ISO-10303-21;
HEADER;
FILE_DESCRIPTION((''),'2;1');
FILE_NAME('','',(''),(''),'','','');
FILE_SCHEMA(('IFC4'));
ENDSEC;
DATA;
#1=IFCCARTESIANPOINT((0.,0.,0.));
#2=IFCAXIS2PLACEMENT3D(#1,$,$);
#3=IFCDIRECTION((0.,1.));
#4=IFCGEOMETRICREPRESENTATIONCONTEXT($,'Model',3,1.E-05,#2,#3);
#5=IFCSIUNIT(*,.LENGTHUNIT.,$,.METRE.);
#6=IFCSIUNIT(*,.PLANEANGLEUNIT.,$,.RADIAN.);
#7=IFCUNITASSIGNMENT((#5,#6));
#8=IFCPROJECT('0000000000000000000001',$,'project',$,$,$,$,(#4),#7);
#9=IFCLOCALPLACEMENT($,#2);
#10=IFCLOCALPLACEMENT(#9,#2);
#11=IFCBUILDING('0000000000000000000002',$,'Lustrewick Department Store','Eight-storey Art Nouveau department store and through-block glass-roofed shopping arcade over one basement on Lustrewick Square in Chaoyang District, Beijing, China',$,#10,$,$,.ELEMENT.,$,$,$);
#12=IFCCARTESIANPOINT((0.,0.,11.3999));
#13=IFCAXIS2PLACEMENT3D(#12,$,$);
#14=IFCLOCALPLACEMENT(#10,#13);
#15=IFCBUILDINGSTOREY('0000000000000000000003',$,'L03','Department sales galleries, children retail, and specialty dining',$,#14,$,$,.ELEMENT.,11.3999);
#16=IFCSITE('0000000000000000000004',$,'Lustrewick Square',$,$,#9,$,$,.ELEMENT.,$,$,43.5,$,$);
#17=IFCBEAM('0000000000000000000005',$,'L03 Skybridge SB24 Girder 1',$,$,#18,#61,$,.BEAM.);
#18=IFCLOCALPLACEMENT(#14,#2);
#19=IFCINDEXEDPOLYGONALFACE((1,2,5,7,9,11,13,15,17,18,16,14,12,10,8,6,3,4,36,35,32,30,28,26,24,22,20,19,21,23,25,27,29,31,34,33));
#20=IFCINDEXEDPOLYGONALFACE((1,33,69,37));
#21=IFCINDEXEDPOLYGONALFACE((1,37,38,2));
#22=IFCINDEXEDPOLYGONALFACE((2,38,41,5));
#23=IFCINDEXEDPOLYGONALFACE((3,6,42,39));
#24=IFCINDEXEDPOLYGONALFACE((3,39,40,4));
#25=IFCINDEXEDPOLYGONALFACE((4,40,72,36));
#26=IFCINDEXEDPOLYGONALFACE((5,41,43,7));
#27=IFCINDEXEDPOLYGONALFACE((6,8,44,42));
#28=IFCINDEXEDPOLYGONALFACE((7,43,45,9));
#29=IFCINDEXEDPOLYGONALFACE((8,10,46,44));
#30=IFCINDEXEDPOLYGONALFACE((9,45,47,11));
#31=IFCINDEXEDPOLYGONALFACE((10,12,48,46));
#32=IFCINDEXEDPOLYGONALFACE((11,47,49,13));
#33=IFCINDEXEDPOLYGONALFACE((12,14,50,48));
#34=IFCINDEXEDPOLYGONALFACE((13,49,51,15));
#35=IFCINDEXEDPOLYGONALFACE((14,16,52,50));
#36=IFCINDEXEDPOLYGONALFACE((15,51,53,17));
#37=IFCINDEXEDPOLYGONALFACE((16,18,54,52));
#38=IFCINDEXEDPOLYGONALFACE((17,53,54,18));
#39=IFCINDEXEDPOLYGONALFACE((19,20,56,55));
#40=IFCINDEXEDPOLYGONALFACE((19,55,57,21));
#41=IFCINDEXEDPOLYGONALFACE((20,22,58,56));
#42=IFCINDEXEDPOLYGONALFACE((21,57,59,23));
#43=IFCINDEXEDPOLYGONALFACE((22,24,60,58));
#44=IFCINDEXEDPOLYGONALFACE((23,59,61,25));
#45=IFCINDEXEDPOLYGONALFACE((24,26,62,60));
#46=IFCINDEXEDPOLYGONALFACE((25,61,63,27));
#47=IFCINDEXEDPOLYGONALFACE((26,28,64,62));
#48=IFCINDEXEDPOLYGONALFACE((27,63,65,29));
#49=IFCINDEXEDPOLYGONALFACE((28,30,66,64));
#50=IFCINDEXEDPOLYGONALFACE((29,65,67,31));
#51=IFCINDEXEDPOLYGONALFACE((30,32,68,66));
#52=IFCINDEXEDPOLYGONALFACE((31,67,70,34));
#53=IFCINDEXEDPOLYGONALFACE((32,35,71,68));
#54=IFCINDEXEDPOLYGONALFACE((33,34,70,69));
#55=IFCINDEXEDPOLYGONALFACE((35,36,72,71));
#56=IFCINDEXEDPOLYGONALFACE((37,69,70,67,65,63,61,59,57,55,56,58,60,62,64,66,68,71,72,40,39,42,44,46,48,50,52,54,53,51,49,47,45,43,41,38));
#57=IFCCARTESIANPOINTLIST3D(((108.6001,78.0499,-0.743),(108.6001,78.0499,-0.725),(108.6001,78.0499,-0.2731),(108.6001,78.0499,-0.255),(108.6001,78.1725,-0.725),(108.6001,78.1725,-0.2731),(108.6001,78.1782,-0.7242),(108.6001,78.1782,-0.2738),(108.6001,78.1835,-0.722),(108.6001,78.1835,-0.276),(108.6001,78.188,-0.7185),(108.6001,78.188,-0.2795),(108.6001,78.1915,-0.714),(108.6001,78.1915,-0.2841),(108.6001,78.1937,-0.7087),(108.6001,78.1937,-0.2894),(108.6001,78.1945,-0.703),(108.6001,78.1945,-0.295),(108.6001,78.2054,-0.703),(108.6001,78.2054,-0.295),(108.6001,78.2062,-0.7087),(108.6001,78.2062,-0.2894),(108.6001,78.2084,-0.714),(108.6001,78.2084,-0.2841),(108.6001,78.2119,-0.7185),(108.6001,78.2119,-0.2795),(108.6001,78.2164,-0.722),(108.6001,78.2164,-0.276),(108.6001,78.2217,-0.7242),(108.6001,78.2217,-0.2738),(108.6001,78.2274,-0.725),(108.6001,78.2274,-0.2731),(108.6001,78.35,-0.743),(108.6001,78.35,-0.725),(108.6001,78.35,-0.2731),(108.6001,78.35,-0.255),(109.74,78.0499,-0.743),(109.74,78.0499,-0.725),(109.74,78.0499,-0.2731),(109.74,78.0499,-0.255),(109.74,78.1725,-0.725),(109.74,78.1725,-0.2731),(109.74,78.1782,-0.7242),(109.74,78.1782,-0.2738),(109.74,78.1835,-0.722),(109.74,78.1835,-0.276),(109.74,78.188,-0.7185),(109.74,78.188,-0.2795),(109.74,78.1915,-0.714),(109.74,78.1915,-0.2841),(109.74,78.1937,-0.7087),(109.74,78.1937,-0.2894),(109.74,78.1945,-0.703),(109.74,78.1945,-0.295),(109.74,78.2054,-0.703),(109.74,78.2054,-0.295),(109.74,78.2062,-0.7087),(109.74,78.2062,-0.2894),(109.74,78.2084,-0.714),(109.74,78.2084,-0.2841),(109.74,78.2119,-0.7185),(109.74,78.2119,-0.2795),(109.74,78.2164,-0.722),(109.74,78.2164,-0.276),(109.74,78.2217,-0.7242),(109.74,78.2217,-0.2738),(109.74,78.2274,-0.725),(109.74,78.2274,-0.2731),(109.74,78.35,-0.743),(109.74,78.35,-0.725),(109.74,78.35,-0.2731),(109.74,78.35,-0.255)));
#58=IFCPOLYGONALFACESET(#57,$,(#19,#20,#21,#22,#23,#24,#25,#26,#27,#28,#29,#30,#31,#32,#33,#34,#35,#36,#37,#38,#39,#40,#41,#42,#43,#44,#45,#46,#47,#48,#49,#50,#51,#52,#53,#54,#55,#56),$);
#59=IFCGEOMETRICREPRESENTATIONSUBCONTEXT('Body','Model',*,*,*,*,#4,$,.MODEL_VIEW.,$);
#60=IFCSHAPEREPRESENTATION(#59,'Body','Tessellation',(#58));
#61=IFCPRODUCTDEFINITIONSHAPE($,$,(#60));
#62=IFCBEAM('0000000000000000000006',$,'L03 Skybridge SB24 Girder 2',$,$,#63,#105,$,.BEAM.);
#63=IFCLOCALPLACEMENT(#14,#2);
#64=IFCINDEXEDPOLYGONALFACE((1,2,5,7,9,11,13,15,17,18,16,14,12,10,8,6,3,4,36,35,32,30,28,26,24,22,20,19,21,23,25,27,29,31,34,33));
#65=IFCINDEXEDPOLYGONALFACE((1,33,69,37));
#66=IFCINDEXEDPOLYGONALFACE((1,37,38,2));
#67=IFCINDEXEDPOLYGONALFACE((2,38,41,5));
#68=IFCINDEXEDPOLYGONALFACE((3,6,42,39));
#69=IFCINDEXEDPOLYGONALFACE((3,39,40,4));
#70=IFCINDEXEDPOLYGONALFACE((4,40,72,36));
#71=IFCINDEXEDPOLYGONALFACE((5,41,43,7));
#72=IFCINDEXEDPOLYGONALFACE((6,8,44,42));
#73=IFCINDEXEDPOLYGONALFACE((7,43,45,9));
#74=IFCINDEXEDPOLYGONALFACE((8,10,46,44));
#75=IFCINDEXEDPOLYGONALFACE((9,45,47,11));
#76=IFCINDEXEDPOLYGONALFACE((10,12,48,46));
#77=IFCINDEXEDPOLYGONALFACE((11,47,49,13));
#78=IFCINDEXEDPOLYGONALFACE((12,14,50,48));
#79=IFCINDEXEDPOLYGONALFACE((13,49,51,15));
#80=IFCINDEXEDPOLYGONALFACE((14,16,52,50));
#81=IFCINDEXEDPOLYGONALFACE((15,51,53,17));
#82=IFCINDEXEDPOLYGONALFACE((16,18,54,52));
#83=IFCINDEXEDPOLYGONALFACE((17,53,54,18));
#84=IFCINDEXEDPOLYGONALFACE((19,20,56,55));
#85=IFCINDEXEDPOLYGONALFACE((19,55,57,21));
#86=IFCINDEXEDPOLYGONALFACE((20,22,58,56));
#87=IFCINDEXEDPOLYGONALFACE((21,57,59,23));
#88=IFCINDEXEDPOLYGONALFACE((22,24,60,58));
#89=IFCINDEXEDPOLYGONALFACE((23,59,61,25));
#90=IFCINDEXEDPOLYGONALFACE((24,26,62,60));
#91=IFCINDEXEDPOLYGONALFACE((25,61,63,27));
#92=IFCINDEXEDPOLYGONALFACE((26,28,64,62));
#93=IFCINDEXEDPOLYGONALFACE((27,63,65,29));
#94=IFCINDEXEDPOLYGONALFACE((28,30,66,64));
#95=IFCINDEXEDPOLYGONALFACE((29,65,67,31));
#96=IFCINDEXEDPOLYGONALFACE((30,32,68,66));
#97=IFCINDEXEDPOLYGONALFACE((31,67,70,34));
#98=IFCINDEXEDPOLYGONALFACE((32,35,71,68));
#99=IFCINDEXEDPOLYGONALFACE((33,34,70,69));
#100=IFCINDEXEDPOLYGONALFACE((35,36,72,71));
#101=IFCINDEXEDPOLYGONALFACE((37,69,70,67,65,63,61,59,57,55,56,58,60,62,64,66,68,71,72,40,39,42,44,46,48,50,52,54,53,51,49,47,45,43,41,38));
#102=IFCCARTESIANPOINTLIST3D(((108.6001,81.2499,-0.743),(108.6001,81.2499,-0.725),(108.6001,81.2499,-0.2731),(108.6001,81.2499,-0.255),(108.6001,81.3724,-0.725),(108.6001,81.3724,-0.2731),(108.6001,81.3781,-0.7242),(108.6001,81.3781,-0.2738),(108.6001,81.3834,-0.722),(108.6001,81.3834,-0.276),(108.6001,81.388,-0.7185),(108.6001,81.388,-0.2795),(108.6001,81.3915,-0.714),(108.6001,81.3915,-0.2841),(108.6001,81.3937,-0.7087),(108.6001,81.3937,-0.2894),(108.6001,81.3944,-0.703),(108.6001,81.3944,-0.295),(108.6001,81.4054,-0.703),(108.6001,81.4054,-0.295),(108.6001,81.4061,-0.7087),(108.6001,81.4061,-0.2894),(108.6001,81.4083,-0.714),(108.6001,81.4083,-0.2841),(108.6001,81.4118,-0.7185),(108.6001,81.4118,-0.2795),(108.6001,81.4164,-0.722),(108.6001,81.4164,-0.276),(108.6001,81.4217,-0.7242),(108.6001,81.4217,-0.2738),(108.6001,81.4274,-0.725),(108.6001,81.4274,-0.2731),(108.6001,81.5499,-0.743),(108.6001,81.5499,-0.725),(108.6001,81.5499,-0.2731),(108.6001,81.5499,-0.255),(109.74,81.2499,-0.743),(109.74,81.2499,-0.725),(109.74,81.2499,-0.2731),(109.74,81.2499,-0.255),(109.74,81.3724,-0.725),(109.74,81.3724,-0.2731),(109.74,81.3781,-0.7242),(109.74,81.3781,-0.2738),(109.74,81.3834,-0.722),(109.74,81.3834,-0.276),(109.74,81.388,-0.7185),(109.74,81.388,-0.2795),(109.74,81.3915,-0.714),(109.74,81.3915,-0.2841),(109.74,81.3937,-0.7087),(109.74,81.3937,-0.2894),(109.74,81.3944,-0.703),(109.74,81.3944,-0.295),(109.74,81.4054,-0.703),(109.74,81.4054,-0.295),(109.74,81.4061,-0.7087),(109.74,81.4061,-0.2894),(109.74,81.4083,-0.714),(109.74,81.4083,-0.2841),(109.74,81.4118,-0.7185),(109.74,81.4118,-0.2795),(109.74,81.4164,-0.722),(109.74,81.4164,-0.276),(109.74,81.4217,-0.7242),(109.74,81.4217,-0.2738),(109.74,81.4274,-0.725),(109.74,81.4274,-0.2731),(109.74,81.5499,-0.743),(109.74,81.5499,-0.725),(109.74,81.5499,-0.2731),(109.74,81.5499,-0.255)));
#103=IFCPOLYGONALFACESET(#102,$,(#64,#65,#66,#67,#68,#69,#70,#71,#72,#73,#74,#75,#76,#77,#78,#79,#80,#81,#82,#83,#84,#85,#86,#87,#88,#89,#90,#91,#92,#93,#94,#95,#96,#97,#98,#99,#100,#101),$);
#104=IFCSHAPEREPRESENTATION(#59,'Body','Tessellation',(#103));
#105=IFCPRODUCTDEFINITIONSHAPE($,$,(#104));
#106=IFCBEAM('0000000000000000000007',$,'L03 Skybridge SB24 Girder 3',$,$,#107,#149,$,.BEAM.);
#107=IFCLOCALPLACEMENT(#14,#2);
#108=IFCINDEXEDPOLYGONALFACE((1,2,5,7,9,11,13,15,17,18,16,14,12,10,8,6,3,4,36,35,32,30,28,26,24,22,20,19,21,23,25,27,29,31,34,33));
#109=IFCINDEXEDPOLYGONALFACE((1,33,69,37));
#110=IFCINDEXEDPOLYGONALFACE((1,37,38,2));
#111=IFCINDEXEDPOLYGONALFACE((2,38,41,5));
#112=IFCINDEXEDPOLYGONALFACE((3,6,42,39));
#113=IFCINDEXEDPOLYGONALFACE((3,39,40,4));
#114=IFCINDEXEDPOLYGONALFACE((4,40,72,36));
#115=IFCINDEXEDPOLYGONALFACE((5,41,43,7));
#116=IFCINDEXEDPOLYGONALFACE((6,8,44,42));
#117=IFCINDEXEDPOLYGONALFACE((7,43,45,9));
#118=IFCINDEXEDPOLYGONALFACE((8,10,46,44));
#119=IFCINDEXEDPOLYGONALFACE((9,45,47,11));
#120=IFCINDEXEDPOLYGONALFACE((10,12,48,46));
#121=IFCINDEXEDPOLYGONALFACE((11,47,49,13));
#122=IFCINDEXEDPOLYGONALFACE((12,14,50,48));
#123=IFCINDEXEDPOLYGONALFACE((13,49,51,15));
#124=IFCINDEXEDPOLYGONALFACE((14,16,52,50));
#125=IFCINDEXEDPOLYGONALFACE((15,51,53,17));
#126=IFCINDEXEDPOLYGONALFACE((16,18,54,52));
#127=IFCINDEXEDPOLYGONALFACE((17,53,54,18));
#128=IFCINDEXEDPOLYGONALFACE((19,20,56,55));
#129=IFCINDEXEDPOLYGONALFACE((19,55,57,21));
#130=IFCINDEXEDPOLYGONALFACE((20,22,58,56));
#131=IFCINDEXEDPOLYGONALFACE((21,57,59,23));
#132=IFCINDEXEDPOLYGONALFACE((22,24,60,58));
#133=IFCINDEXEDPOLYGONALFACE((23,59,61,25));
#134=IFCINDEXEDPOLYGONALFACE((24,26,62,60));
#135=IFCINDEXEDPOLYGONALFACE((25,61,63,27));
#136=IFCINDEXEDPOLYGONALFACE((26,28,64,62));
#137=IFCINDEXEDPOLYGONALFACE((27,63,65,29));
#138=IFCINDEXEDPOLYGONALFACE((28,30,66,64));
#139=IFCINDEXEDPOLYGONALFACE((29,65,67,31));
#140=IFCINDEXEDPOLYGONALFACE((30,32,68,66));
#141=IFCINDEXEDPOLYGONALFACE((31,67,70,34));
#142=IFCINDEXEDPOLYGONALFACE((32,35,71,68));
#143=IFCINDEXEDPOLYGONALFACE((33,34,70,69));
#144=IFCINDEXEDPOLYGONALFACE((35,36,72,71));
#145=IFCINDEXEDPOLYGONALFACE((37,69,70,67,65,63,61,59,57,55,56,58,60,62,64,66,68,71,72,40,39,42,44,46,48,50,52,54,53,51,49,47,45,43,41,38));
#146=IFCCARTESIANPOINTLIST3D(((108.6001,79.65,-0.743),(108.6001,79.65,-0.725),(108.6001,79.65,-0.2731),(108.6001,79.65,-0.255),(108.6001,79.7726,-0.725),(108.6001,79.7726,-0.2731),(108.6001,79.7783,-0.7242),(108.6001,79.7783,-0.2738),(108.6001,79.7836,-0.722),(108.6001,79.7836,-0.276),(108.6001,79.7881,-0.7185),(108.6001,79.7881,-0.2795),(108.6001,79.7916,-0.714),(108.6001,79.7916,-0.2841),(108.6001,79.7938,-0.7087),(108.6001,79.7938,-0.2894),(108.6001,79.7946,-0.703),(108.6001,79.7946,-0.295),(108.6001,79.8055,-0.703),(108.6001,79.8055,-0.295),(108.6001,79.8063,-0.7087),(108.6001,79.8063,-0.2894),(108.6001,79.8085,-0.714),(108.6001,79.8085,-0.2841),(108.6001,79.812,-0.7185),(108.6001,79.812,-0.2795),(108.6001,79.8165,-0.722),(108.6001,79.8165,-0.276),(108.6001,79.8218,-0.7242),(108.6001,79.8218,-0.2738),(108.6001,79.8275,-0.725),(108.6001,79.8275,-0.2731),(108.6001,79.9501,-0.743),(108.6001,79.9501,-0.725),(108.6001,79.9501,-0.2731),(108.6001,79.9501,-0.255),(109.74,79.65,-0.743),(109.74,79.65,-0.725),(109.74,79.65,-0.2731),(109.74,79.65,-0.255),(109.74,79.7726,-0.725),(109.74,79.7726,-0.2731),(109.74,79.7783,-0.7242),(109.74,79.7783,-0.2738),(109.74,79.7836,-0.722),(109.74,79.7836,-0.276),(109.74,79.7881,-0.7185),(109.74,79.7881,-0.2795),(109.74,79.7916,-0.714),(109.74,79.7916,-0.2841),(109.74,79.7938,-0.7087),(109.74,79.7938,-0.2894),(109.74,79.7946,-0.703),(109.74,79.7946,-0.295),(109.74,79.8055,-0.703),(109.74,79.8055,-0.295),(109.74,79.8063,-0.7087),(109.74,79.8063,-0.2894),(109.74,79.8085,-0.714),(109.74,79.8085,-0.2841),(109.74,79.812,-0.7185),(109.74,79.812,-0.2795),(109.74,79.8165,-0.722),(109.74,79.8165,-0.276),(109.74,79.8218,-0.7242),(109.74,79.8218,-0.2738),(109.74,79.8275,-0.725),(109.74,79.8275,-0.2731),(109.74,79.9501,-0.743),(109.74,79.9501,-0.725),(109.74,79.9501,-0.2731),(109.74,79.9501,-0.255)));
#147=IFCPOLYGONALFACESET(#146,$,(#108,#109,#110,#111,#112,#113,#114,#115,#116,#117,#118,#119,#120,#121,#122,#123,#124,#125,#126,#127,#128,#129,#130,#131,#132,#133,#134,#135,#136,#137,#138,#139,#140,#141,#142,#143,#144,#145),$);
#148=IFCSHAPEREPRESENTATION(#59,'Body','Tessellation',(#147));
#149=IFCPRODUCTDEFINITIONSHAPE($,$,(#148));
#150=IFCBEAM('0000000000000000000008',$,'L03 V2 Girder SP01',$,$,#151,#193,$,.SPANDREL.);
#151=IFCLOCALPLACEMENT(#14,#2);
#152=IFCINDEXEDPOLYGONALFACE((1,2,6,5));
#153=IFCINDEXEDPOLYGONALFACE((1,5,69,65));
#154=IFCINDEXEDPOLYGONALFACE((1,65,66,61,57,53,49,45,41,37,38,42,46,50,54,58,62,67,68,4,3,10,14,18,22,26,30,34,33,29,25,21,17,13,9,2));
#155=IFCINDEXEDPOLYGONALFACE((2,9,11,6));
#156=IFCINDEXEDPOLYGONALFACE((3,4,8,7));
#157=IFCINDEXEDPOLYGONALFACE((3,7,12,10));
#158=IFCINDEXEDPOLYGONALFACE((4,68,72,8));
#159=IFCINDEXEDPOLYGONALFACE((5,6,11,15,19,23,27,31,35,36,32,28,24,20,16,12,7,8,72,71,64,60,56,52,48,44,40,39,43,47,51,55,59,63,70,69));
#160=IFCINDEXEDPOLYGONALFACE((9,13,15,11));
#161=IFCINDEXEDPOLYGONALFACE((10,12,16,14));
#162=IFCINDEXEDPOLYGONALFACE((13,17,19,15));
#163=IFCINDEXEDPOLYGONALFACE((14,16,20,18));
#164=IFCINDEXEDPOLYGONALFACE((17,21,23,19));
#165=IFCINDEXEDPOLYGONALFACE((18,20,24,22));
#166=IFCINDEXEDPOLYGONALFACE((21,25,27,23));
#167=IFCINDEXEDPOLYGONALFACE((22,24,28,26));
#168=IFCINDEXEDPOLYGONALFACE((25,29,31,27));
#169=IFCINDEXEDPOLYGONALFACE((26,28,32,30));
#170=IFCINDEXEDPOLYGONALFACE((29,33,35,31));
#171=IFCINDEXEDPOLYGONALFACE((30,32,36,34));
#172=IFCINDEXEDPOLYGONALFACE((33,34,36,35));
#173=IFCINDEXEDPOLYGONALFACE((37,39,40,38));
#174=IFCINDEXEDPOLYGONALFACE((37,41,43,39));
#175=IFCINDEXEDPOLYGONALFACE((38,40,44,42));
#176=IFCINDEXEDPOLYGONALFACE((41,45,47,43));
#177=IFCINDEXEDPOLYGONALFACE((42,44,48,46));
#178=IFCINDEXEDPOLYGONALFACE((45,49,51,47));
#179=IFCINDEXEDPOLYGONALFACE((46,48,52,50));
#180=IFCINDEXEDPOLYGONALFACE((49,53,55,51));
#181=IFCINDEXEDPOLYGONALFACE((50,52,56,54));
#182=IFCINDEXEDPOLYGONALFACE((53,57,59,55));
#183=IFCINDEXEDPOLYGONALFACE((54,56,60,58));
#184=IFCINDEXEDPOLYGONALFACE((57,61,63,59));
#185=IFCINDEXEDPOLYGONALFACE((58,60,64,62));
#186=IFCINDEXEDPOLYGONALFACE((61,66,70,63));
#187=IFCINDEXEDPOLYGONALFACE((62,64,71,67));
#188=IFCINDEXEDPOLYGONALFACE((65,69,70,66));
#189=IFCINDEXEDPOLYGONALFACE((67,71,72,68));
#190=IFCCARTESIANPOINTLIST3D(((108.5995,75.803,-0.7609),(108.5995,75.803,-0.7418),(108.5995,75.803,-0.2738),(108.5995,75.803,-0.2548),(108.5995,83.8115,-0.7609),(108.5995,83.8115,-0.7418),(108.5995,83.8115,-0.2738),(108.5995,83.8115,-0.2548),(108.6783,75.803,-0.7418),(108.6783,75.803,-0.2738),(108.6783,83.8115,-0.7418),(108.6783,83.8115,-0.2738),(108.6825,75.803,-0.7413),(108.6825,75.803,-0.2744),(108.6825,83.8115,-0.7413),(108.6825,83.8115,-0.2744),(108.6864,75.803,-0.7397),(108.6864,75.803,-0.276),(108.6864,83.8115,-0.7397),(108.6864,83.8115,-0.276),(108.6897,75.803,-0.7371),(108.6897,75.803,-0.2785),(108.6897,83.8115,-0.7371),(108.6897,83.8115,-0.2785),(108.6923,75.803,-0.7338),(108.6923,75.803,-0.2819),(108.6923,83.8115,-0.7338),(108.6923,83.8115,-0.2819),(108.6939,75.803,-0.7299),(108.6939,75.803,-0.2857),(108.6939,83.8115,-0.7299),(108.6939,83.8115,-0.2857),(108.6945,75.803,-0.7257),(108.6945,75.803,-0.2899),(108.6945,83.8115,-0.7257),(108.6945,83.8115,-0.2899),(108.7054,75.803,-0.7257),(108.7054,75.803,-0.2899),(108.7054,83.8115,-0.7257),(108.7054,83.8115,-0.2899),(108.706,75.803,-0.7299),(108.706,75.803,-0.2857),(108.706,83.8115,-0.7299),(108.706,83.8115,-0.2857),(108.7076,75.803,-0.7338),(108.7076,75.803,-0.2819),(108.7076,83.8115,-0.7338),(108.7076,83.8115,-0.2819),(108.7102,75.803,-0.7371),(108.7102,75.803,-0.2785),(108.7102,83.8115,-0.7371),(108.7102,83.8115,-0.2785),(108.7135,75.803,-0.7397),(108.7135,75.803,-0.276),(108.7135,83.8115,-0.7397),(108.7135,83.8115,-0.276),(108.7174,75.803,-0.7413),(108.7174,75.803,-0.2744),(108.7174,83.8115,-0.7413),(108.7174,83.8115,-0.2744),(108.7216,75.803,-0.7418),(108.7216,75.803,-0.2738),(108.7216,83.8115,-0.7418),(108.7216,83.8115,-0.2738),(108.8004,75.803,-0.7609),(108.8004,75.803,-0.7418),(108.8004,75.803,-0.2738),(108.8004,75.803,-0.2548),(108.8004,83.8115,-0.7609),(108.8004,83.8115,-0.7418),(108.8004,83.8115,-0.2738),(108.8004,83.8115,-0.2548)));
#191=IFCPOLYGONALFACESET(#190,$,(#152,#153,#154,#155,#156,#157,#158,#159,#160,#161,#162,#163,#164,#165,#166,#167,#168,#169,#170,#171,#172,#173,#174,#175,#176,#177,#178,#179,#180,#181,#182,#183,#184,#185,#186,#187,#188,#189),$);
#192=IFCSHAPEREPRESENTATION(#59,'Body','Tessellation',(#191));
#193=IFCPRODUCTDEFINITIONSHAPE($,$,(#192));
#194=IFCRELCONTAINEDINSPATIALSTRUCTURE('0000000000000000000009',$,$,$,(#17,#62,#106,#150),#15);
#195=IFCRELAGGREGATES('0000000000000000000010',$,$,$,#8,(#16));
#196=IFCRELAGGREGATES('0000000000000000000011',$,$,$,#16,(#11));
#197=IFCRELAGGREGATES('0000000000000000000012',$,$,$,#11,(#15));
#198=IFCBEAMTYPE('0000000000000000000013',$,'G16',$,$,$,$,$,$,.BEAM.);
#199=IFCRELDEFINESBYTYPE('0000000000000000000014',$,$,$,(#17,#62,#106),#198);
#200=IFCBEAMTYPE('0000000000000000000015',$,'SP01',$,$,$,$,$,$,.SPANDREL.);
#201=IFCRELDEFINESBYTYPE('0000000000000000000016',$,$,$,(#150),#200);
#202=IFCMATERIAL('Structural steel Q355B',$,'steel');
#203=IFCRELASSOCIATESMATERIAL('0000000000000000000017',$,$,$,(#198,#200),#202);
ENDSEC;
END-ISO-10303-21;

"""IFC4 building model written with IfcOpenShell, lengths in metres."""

from ifc_helpers import new_model, si_unit, direction, frame, origin, origin_2d, place, context, subcontext, project, spatial, i_section, extrude, material, material_profile, profile_set, type_object, element, save


model = new_model("IFC4")

# Units and contexts
model_context = context("Model", 3, precision=1e-05, world=origin(), true_north=direction((0.0, 1.0)))
body_context = subcontext(model_context, "Body", "Model", "MODEL_VIEW")
ifc_project = project(units=[si_unit("LENGTHUNIT", "METRE"), si_unit("PLANEANGLEUNIT", "RADIAN")], contexts=[model_context])

# Site, building, storey
site_placement = place(None, origin())
site = spatial("IfcSite", under=ifc_project, at=site_placement, Name="Lustrewick Square", CompositionType="ELEMENT", RefElevation=43.5)
building_placement = place(site_placement, origin())
building = spatial("IfcBuilding", under=site, at=building_placement, Name="Lustrewick Department Store", Description="Eight-storey Art Nouveau department store and through-block glass-roofed shopping arcade over one basement on Lustrewick Square in Chaoyang District, Beijing, China", CompositionType="ELEMENT")
storey_placement = place(building_placement, frame((0.0, 0.0, 11.3999)))
storey = spatial("IfcBuildingStorey", under=building, at=storey_placement, Name="L03", Description="Department sales galleries, children retail, and specialty dining", CompositionType="ELEMENT", Elevation=11.3999)

# Shared definitions
ifc_material_1 = material(Name="Structural steel Q355B", Category="steel")

# Beams
ifc_material_profile_1 = material_profile(ifc_material_1, i_section(OverallWidth=0.3, OverallDepth=0.488, WebThickness=0.011, FlangeThickness=0.0181, FilletRadius=0.022, at=origin_2d()), Name="HM 488x300x11x18")
ifc_profile_set_1 = profile_set([ifc_material_profile_1], Name="Structural steel Q355B")
beam_type_1 = type_object("IfcBeamType", Name="G16", PredefinedType="BEAM", material=ifc_profile_set_1)
for number, where, z_axis, x_axis, name in (
    (1, (108.6001, 78.2, -0.499), (1.0, 0.0, 0.0), (0.0, 1.0, 0.0), "L03 Skybridge SB24 Girder 1"),
    (2, (108.6001, 81.3999, -0.499), (1.0, 0.0, 0.0), (0.0, 1.0, 0.0), "L03 Skybridge SB24 Girder 2"),
    (3, (108.6001, 79.8, -0.499), (1.0, 0.0, 0.0), (0.0, 1.0, 0.0), "L03 Skybridge SB24 Girder 3"),
):
    element("IfcBeam", number, at=place(storey_placement, frame(where, z_axis=z_axis, x_axis=x_axis)), inside=storey, type_object=beam_type_1, Name=name, PredefinedType="BEAM", context=body_context, shape_type="SweptSolid", body=[
        extrude(i_section(OverallWidth=0.3, OverallDepth=0.488, WebThickness=0.011, FlangeThickness=0.0181, FilletRadius=0.022, at=origin_2d()), origin(), (0.0, 0.0, 1.0), 1.1399),
    ])
ifc_material_profile_2 = material_profile(ifc_material_1, i_section(OverallWidth=0.2009, OverallDepth=0.5061, WebThickness=0.011, FlangeThickness=0.019, FilletRadius=0.0161, at=origin_2d()), Name="HN 506x201x11x19")
ifc_profile_set_2 = profile_set([ifc_material_profile_2], Name="Structural steel Q355B")
beam_type_2 = type_object("IfcBeamType", Name="SP01", PredefinedType="SPANDREL", material=ifc_profile_set_2)
beam_1_placement = place(storey_placement, frame((108.7, 75.803, -0.5078), z_axis=(0.0, 1.0, 0.0), x_axis=(-1.0, 0.0, 0.0)))
element("IfcBeam", 4, at=beam_1_placement, inside=storey, type_object=beam_type_2, Name="L03 V2 Girder SP01", PredefinedType="SPANDREL", context=body_context, shape_type="SweptSolid", body=[
    extrude(i_section(OverallWidth=0.2009, OverallDepth=0.5061, WebThickness=0.011, FlangeThickness=0.019, FilletRadius=0.0161, at=origin_2d()), origin(), (0.0, 0.0, 1.0), 8.0085),
])

save(model, "model.ifc")
